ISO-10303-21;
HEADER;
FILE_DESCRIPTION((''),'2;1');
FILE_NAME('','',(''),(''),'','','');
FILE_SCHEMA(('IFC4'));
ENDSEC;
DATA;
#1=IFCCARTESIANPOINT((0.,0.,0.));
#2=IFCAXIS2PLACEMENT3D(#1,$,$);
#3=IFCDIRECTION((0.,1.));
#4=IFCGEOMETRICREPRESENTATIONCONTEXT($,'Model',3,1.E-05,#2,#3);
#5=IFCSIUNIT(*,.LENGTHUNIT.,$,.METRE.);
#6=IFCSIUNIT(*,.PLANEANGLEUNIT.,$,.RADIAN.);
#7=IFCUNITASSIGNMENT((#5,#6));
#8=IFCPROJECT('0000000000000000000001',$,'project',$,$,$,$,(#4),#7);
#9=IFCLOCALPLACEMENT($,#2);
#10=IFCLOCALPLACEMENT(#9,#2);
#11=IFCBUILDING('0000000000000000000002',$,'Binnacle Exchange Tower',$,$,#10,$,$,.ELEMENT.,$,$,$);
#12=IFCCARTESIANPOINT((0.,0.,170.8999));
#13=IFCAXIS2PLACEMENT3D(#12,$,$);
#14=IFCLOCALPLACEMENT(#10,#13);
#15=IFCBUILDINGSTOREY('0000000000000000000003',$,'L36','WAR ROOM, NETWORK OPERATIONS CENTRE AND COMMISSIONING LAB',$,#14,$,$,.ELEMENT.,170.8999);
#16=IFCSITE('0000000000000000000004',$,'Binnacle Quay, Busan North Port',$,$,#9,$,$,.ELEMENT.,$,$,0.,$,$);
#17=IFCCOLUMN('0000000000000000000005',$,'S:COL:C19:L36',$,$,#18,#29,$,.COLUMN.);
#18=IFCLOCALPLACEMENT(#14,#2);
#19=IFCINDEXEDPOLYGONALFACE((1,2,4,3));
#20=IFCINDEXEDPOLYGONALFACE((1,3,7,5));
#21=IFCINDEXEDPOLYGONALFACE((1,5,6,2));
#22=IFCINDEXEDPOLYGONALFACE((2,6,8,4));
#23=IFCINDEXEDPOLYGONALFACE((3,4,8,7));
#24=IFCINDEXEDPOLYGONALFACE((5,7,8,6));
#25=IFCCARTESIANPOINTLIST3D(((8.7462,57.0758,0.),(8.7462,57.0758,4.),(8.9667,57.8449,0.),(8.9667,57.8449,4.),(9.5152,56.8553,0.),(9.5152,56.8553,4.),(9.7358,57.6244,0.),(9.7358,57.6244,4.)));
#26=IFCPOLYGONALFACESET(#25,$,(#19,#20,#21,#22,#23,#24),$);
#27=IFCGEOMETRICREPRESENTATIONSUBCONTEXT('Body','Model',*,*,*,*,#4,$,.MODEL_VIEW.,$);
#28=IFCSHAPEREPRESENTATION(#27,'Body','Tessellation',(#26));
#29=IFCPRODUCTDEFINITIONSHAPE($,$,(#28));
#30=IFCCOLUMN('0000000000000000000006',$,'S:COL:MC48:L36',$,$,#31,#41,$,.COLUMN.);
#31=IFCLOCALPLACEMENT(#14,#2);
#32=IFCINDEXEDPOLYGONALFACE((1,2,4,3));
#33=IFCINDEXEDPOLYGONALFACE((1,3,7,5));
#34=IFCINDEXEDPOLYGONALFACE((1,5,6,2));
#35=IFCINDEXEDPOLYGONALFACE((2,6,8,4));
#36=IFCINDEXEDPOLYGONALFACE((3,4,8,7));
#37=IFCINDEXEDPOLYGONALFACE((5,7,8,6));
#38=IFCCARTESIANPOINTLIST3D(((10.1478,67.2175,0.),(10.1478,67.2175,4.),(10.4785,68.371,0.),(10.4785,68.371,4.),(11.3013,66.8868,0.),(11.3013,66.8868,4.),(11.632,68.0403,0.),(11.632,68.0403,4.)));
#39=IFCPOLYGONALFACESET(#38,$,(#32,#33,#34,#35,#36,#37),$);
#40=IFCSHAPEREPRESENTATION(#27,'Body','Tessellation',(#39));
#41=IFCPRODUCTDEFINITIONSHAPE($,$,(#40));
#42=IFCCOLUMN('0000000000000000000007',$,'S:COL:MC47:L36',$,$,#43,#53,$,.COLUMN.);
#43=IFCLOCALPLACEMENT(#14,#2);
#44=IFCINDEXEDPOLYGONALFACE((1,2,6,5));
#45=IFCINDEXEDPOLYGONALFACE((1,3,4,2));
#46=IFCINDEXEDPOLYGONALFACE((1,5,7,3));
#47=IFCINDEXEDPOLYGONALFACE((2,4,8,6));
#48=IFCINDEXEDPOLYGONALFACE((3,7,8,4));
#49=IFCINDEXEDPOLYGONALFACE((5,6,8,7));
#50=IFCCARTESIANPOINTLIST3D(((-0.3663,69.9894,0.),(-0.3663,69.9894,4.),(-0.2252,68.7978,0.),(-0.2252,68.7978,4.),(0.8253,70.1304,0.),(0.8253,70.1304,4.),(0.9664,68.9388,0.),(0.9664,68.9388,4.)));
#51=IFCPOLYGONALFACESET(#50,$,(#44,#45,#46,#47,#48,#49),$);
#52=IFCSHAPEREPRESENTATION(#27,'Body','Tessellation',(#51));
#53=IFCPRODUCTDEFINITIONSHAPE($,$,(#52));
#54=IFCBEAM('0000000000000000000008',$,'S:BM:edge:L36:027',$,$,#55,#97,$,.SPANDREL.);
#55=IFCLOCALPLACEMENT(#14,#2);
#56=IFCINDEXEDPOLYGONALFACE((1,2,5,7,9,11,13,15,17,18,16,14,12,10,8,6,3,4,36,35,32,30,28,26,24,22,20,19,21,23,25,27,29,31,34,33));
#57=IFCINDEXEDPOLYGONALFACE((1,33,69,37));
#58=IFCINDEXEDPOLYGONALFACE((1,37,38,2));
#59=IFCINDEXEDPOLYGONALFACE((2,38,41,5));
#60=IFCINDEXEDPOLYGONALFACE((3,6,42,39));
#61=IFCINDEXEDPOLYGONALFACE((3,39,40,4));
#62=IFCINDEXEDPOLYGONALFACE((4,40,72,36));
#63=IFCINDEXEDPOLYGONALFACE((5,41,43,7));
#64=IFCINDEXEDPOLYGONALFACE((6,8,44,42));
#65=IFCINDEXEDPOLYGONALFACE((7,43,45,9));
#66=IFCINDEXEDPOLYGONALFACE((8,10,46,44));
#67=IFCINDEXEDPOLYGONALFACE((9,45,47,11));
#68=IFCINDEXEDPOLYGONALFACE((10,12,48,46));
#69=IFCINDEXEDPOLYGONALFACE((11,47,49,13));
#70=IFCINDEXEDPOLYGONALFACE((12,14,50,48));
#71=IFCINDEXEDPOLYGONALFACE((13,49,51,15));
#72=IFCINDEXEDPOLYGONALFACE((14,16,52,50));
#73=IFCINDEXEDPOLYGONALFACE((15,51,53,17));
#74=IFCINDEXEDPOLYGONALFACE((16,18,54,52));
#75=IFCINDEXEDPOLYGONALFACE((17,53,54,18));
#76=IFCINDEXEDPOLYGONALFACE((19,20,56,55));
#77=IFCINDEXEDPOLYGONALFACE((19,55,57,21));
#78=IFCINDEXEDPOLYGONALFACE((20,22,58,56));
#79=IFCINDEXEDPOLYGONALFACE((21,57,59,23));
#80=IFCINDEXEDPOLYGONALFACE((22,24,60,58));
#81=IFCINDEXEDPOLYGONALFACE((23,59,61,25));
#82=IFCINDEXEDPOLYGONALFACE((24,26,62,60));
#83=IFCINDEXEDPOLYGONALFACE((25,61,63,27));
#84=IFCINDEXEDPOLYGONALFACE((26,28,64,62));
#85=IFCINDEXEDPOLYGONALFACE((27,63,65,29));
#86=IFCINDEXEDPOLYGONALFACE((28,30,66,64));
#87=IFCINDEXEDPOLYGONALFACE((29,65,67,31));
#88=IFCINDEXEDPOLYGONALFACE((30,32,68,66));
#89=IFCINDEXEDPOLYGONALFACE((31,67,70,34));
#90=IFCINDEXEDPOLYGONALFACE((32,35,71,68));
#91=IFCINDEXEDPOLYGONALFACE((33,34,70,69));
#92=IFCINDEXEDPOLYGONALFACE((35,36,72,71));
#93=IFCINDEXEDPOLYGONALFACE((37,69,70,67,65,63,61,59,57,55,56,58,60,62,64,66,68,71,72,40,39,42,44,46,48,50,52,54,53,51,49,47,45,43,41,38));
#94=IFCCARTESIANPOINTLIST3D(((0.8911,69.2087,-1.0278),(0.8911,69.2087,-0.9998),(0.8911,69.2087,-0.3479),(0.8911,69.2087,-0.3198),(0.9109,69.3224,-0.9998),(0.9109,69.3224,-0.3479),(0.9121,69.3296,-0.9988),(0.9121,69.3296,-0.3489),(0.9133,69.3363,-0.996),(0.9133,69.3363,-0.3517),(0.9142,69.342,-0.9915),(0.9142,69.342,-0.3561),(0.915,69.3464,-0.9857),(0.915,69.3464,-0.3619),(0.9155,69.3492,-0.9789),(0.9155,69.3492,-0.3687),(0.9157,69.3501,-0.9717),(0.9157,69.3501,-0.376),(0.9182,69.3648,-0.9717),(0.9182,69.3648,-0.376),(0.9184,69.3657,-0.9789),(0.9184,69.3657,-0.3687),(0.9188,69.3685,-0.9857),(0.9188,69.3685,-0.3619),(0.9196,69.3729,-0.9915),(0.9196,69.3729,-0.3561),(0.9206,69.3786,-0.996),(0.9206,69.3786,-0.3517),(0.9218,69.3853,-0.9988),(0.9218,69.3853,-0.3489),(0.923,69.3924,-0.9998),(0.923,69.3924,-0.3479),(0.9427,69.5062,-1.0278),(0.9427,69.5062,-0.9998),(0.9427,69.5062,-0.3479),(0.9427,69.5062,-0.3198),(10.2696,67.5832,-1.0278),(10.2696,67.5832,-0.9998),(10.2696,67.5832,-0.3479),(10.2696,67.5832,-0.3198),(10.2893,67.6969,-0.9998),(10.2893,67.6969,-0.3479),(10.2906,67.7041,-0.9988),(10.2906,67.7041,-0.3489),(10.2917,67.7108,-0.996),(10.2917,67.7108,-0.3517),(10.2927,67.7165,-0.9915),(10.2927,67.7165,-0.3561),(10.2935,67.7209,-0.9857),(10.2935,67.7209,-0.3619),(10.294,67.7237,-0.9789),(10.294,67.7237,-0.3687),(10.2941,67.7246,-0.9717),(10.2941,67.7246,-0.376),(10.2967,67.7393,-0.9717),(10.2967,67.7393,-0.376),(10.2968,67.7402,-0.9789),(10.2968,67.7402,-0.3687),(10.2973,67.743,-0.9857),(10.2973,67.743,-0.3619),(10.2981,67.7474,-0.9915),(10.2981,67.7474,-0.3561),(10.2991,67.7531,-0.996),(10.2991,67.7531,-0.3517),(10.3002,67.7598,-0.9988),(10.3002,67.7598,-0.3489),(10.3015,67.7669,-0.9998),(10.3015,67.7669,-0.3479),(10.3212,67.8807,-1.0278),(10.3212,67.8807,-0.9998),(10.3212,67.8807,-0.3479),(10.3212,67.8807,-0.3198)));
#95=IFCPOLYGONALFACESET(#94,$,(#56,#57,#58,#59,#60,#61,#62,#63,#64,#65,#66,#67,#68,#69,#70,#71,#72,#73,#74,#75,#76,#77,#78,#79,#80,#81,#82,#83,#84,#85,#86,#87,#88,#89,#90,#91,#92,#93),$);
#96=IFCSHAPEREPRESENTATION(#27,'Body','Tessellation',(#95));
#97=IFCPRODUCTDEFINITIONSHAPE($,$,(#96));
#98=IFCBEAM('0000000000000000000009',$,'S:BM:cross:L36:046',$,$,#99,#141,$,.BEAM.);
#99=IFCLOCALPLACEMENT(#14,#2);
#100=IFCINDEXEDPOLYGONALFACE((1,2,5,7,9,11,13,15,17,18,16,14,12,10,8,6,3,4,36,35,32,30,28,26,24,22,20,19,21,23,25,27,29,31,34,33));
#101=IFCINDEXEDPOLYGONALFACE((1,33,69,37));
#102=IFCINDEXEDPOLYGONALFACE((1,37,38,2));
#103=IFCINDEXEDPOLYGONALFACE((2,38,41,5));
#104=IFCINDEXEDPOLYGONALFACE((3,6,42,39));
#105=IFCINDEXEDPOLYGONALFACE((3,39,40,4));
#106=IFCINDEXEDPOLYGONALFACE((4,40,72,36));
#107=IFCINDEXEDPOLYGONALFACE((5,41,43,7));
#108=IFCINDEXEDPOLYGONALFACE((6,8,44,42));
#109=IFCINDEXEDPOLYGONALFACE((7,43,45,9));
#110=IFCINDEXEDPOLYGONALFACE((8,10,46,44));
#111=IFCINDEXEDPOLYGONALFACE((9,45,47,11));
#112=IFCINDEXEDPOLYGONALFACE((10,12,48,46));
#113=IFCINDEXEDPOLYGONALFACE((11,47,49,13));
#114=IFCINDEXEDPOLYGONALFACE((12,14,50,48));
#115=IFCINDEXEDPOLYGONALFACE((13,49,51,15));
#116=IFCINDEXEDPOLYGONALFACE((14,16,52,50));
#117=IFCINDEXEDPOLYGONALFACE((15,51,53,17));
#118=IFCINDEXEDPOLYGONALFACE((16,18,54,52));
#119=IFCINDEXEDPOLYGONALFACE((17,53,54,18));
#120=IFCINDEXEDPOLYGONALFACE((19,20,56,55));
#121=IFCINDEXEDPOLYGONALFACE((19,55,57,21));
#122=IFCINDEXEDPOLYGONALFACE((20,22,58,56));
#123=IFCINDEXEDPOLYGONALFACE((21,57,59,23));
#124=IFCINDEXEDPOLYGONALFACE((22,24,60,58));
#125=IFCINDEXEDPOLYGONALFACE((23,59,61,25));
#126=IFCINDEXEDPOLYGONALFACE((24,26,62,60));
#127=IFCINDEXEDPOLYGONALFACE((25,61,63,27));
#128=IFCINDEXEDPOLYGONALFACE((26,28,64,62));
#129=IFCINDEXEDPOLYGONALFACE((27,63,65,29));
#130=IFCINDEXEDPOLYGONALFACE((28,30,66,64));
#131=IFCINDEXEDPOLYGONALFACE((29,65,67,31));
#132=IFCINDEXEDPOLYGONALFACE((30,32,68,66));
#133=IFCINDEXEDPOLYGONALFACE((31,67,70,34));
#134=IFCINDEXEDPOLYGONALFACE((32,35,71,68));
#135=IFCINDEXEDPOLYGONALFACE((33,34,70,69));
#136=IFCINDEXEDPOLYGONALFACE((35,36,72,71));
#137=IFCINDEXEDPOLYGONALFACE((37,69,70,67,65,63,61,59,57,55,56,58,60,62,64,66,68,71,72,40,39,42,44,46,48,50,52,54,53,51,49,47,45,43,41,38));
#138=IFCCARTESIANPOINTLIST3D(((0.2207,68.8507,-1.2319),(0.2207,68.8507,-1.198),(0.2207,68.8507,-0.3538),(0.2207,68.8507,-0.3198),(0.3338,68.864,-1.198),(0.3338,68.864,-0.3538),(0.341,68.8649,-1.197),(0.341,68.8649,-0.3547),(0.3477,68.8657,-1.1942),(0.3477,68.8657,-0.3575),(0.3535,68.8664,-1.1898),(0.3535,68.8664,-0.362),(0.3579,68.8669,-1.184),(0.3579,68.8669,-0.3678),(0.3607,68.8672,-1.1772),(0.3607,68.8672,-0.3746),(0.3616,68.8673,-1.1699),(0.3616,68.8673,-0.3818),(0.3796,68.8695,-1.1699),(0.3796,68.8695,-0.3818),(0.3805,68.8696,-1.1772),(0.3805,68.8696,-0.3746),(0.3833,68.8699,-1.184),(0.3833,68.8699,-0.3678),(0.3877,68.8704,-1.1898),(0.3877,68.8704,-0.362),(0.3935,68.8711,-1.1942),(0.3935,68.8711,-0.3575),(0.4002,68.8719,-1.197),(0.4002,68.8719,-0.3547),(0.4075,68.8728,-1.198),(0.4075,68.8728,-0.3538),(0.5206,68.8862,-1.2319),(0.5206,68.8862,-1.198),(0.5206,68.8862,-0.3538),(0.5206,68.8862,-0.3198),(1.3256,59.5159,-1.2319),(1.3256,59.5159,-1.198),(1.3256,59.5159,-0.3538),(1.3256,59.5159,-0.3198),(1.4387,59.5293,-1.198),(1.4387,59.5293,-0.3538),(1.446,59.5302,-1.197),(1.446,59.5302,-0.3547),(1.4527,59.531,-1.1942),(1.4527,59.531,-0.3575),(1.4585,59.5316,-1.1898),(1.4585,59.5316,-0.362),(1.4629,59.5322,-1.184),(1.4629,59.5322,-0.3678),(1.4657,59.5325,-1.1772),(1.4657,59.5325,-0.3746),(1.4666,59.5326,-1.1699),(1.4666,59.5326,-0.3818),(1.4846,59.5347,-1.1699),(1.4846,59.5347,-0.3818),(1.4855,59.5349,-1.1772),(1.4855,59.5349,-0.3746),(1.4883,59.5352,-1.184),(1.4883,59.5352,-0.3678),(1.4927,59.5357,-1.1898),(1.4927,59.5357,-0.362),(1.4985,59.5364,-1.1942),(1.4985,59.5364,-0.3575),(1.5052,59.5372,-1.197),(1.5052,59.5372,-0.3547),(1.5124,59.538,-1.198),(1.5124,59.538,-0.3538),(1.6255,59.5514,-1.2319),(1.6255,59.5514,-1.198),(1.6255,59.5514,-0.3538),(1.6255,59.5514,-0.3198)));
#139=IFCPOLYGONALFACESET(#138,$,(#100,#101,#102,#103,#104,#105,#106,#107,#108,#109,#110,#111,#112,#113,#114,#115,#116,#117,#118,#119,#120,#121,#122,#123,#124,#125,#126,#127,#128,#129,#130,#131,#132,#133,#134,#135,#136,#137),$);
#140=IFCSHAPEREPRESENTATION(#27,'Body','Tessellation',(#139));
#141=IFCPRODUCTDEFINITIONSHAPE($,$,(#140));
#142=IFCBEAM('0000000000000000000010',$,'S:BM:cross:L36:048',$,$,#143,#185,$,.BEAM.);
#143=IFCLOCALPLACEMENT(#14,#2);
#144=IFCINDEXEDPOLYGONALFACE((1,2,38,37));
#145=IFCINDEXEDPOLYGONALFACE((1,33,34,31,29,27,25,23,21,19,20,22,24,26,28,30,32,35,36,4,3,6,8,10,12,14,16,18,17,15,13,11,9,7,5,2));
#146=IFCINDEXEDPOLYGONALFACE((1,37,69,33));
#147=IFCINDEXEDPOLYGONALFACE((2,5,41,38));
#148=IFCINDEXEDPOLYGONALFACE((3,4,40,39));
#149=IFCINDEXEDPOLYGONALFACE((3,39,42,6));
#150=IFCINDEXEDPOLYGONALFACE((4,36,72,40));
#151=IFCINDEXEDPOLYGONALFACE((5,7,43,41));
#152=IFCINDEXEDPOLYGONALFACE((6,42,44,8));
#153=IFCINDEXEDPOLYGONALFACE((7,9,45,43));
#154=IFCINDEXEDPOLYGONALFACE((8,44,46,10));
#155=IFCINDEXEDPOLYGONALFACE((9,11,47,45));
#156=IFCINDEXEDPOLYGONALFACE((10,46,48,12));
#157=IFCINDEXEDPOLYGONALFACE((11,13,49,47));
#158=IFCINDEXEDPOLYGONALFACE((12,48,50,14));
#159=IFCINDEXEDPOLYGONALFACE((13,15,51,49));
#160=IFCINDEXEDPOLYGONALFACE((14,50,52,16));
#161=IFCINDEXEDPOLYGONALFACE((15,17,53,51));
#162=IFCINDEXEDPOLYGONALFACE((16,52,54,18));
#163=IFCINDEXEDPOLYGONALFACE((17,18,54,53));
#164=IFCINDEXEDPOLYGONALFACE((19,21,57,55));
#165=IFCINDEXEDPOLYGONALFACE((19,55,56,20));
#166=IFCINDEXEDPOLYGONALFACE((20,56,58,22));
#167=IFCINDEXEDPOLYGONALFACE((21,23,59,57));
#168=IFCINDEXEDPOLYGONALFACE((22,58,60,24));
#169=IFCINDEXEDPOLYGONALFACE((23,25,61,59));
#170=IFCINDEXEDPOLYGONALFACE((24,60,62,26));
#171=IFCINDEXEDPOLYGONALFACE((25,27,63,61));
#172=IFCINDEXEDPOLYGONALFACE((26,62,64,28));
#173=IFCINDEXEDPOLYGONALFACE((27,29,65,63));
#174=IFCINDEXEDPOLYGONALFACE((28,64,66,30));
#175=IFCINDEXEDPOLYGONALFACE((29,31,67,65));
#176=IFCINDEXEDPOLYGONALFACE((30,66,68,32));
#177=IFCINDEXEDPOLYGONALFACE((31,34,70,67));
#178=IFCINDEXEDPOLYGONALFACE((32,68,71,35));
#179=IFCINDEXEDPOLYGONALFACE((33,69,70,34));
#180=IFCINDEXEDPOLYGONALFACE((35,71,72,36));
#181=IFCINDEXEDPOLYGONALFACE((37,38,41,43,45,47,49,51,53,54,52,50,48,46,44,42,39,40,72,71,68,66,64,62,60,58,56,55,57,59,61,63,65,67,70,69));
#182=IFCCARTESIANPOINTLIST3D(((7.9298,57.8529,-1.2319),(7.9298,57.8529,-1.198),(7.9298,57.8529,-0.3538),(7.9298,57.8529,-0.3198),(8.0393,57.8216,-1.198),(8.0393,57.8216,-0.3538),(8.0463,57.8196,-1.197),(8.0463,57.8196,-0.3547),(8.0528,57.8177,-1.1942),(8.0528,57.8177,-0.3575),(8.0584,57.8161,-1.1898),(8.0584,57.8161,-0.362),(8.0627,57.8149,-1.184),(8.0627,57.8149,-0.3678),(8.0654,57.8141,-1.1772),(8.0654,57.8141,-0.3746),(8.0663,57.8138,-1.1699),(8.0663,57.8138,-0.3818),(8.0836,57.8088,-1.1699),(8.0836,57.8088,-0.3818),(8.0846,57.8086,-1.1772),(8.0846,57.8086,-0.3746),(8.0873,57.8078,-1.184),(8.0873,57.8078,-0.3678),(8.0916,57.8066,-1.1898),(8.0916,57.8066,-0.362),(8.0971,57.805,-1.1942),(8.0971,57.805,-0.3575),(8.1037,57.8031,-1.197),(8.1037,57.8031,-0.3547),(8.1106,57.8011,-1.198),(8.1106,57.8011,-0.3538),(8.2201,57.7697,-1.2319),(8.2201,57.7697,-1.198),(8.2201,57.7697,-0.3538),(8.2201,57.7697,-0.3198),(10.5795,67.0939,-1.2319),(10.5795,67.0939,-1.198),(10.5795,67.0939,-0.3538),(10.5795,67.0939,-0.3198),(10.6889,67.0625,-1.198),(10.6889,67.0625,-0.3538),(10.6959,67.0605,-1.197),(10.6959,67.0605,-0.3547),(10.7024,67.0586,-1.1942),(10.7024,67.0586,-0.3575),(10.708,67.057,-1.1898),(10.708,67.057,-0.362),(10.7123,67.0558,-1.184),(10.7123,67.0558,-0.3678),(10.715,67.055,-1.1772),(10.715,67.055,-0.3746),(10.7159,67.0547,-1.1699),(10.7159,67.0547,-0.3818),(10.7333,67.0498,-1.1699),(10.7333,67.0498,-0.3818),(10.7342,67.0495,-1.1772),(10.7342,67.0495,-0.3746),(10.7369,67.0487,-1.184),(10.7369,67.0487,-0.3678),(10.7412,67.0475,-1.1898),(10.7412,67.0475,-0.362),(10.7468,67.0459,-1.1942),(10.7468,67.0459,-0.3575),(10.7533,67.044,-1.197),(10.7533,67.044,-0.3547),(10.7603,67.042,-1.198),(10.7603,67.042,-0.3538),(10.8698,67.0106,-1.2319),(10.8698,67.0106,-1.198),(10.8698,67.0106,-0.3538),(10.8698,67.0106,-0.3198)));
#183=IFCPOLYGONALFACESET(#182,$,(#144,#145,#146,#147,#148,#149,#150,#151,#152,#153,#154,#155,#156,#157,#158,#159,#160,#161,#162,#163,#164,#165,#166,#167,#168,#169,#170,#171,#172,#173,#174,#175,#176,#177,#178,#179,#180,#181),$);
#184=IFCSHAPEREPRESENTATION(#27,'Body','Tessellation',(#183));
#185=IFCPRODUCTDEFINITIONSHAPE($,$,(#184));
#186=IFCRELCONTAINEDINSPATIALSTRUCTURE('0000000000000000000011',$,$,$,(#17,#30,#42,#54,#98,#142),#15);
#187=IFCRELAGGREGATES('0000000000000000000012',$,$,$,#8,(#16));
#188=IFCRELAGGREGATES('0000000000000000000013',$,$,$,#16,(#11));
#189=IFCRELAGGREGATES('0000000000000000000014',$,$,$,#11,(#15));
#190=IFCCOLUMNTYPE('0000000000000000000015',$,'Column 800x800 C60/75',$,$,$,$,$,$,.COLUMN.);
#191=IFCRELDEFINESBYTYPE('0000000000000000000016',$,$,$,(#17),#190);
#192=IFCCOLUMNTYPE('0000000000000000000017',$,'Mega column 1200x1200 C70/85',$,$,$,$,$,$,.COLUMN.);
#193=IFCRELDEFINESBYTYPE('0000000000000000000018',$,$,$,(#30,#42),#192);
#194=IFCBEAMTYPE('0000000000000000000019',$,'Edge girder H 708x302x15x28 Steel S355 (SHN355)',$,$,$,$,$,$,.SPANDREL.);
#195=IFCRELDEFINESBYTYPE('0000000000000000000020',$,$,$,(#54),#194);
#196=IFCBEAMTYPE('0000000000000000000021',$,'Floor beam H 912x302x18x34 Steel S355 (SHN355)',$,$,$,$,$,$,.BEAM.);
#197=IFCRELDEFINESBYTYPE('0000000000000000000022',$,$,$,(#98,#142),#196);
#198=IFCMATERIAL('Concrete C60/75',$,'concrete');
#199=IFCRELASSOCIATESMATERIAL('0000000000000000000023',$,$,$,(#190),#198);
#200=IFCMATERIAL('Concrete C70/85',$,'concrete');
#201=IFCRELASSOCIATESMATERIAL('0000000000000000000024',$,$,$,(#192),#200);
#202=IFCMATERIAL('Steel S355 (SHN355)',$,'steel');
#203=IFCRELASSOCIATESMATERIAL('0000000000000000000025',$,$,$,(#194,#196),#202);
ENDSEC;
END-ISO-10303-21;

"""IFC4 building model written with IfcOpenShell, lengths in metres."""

from ifc_helpers import new_model, si_unit, direction, frame, origin, origin_2d, place, context, subcontext, project, spatial, rectangle, i_section, extrude, material, material_profile, profile_set, type_object, element, save


model = new_model("IFC4")

# Units and contexts
model_context = context("Model", 3, precision=1e-05, world=origin(), true_north=direction((0.0, 1.0)))
body_context = subcontext(model_context, "Body", "Model", "MODEL_VIEW")
ifc_project = project(units=[si_unit("LENGTHUNIT", "METRE"), si_unit("PLANEANGLEUNIT", "RADIAN")], contexts=[model_context])

# Site, building, storey
site_placement = place(None, origin())
site = spatial("IfcSite", under=ifc_project, at=site_placement, Name="Binnacle Quay, Busan North Port", CompositionType="ELEMENT", RefElevation=0.0)
building_placement = place(site_placement, origin())
building = spatial("IfcBuilding", under=site, at=building_placement, Name="Binnacle Exchange Tower", CompositionType="ELEMENT")
storey_placement = place(building_placement, frame((0.0, 0.0, 170.8999)))
storey = spatial("IfcBuildingStorey", under=building, at=storey_placement, Name="L36", Description="WAR ROOM, NETWORK OPERATIONS CENTRE AND COMMISSIONING LAB", CompositionType="ELEMENT", Elevation=170.8999)

# Columns
ifc_material_1 = material(Name="Concrete C60/75", Category="concrete")
ifc_material_profile_1 = material_profile(ifc_material_1, rectangle(XDim=0.8, YDim=0.8, at=origin_2d()), Name="Column 800x800 C60/75")
ifc_profile_set_1 = profile_set([ifc_material_profile_1], Name="Concrete C60/75")
column_type_1 = type_object("IfcColumnType", Name="Column 800x800 C60/75", PredefinedType="COLUMN", material=ifc_profile_set_1)
column_placement = place(storey_placement, frame((9.241, 57.3501, 0.0), z_axis=(0.0, 0.0, 1.0), x_axis=(0.961262, -0.275637, 0.0)))
element("IfcColumn", 1, at=column_placement, inside=storey, type_object=column_type_1, Name="S:COL:C19:L36", PredefinedType="COLUMN", context=body_context, shape_type="SweptSolid", body=[
    extrude(rectangle(XDim=0.8, YDim=0.8, at=origin_2d()), origin(), (0.0, 0.0, 1.0), 4.0),
])
ifc_material_2 = material(Name="Concrete C70/85", Category="concrete")
ifc_material_profile_2 = material_profile(ifc_material_2, rectangle(XDim=1.2, YDim=1.2, at=origin_2d()), Name="Mega column 1200x1200 C70/85")
ifc_profile_set_2 = profile_set([ifc_material_profile_2], Name="Concrete C70/85")
column_type_2 = type_object("IfcColumnType", Name="Mega column 1200x1200 C70/85", PredefinedType="COLUMN", material=ifc_profile_set_2)
for number, where, z_axis, x_axis, name in (
    (2, (10.8899, 67.6289, 0.0), (0.0, 0.0, 1.0), (-0.961262, 0.275637, 0.0), "S:COL:MC48:L36"),
    (3, (0.3, 69.4641, 0.0), (0.0, 0.0, 1.0), (-0.993068, -0.117537, 0.0), "S:COL:MC47:L36"),
):
    element("IfcColumn", number, at=place(storey_placement, frame(where, z_axis=z_axis, x_axis=x_axis)), inside=storey, type_object=column_type_2, Name=name, PredefinedType="COLUMN", context=body_context, shape_type="SweptSolid", body=[
        extrude(rectangle(XDim=1.2, YDim=1.2, at=origin_2d()), origin(), (0.0, 0.0, 1.0), 4.0),
    ])

# Beams
ifc_material_3 = material(Name="Steel S355 (SHN355)", Category="steel")
ifc_material_profile_3 = material_profile(ifc_material_3, i_section(OverallWidth=0.302, OverallDepth=0.708, WebThickness=0.0149, FlangeThickness=0.0281, FilletRadius=0.0281, at=origin_2d()), Name="H 708x302x15x28")
ifc_profile_set_3 = profile_set([ifc_material_profile_3], Name="Steel S355 (SHN355)")
beam_type_1 = type_object("IfcBeamType", Name="Edge girder H 708x302x15x28 Steel S355 (SHN355)", PredefinedType="SPANDREL", material=ifc_profile_set_3)
beam_1_placement = place(storey_placement, frame((10.2954, 67.7319, -0.6738), z_axis=(-0.98531, 0.170776, 0.0), x_axis=(-0.170776, -0.98531, 0.0)))
element("IfcBeam", 4, at=beam_1_placement, inside=storey, type_object=beam_type_1, Name="S:BM:edge:L36:027", PredefinedType="SPANDREL", context=body_context, shape_type="SweptSolid", body=[
    extrude(i_section(OverallWidth=0.302, OverallDepth=0.708, WebThickness=0.0149, FlangeThickness=0.0281, FilletRadius=0.0281, at=origin_2d()), origin(), (0.0, 0.0, 1.0), 9.5183),
])
ifc_material_profile_4 = material_profile(ifc_material_3, i_section(OverallWidth=0.302, OverallDepth=0.9121, WebThickness=0.0181, FlangeThickness=0.0339, FilletRadius=0.0281, at=origin_2d()), Name="H 912x302x18x34")
ifc_profile_set_4 = profile_set([ifc_material_profile_4], Name="Steel S355 (SHN355)")
beam_type_2 = type_object("IfcBeamType", Name="Floor beam H 912x302x18x34 Steel S355 (SHN355)", PredefinedType="BEAM", material=ifc_profile_set_4)
beam_2_placement = place(storey_placement, frame((0.3706, 68.8684, -0.7759), z_axis=(0.117552, -0.993067, 0.0), x_axis=(0.993067, 0.117552, 0.0)))
element("IfcBeam", 5, at=beam_2_placement, inside=storey, type_object=beam_type_2, Name="S:BM:cross:L36:046", PredefinedType="BEAM", context=body_context, shape_type="SweptSolid", body=[
    extrude(i_section(OverallWidth=0.302, OverallDepth=0.9121, WebThickness=0.0181, FlangeThickness=0.0339, FilletRadius=0.0281, at=origin_2d()), origin(), (0.0, 0.0, 1.0), 9.3999),
])
beam_3_placement = place(storey_placement, frame((10.7246, 67.0522, -0.7759), z_axis=(-0.275623, -0.961266, 0.0), x_axis=(0.961266, -0.275623, 0.0)))
element("IfcBeam", 6, at=beam_3_placement, inside=storey, type_object=beam_type_2, Name="S:BM:cross:L36:048", PredefinedType="BEAM", context=body_context, shape_type="SweptSolid", body=[
    extrude(i_section(OverallWidth=0.302, OverallDepth=0.9121, WebThickness=0.0181, FlangeThickness=0.0339, FilletRadius=0.0281, at=origin_2d()), origin(), (0.0, 0.0, 1.0), 9.6133),
])

save(model, "model.ifc")
